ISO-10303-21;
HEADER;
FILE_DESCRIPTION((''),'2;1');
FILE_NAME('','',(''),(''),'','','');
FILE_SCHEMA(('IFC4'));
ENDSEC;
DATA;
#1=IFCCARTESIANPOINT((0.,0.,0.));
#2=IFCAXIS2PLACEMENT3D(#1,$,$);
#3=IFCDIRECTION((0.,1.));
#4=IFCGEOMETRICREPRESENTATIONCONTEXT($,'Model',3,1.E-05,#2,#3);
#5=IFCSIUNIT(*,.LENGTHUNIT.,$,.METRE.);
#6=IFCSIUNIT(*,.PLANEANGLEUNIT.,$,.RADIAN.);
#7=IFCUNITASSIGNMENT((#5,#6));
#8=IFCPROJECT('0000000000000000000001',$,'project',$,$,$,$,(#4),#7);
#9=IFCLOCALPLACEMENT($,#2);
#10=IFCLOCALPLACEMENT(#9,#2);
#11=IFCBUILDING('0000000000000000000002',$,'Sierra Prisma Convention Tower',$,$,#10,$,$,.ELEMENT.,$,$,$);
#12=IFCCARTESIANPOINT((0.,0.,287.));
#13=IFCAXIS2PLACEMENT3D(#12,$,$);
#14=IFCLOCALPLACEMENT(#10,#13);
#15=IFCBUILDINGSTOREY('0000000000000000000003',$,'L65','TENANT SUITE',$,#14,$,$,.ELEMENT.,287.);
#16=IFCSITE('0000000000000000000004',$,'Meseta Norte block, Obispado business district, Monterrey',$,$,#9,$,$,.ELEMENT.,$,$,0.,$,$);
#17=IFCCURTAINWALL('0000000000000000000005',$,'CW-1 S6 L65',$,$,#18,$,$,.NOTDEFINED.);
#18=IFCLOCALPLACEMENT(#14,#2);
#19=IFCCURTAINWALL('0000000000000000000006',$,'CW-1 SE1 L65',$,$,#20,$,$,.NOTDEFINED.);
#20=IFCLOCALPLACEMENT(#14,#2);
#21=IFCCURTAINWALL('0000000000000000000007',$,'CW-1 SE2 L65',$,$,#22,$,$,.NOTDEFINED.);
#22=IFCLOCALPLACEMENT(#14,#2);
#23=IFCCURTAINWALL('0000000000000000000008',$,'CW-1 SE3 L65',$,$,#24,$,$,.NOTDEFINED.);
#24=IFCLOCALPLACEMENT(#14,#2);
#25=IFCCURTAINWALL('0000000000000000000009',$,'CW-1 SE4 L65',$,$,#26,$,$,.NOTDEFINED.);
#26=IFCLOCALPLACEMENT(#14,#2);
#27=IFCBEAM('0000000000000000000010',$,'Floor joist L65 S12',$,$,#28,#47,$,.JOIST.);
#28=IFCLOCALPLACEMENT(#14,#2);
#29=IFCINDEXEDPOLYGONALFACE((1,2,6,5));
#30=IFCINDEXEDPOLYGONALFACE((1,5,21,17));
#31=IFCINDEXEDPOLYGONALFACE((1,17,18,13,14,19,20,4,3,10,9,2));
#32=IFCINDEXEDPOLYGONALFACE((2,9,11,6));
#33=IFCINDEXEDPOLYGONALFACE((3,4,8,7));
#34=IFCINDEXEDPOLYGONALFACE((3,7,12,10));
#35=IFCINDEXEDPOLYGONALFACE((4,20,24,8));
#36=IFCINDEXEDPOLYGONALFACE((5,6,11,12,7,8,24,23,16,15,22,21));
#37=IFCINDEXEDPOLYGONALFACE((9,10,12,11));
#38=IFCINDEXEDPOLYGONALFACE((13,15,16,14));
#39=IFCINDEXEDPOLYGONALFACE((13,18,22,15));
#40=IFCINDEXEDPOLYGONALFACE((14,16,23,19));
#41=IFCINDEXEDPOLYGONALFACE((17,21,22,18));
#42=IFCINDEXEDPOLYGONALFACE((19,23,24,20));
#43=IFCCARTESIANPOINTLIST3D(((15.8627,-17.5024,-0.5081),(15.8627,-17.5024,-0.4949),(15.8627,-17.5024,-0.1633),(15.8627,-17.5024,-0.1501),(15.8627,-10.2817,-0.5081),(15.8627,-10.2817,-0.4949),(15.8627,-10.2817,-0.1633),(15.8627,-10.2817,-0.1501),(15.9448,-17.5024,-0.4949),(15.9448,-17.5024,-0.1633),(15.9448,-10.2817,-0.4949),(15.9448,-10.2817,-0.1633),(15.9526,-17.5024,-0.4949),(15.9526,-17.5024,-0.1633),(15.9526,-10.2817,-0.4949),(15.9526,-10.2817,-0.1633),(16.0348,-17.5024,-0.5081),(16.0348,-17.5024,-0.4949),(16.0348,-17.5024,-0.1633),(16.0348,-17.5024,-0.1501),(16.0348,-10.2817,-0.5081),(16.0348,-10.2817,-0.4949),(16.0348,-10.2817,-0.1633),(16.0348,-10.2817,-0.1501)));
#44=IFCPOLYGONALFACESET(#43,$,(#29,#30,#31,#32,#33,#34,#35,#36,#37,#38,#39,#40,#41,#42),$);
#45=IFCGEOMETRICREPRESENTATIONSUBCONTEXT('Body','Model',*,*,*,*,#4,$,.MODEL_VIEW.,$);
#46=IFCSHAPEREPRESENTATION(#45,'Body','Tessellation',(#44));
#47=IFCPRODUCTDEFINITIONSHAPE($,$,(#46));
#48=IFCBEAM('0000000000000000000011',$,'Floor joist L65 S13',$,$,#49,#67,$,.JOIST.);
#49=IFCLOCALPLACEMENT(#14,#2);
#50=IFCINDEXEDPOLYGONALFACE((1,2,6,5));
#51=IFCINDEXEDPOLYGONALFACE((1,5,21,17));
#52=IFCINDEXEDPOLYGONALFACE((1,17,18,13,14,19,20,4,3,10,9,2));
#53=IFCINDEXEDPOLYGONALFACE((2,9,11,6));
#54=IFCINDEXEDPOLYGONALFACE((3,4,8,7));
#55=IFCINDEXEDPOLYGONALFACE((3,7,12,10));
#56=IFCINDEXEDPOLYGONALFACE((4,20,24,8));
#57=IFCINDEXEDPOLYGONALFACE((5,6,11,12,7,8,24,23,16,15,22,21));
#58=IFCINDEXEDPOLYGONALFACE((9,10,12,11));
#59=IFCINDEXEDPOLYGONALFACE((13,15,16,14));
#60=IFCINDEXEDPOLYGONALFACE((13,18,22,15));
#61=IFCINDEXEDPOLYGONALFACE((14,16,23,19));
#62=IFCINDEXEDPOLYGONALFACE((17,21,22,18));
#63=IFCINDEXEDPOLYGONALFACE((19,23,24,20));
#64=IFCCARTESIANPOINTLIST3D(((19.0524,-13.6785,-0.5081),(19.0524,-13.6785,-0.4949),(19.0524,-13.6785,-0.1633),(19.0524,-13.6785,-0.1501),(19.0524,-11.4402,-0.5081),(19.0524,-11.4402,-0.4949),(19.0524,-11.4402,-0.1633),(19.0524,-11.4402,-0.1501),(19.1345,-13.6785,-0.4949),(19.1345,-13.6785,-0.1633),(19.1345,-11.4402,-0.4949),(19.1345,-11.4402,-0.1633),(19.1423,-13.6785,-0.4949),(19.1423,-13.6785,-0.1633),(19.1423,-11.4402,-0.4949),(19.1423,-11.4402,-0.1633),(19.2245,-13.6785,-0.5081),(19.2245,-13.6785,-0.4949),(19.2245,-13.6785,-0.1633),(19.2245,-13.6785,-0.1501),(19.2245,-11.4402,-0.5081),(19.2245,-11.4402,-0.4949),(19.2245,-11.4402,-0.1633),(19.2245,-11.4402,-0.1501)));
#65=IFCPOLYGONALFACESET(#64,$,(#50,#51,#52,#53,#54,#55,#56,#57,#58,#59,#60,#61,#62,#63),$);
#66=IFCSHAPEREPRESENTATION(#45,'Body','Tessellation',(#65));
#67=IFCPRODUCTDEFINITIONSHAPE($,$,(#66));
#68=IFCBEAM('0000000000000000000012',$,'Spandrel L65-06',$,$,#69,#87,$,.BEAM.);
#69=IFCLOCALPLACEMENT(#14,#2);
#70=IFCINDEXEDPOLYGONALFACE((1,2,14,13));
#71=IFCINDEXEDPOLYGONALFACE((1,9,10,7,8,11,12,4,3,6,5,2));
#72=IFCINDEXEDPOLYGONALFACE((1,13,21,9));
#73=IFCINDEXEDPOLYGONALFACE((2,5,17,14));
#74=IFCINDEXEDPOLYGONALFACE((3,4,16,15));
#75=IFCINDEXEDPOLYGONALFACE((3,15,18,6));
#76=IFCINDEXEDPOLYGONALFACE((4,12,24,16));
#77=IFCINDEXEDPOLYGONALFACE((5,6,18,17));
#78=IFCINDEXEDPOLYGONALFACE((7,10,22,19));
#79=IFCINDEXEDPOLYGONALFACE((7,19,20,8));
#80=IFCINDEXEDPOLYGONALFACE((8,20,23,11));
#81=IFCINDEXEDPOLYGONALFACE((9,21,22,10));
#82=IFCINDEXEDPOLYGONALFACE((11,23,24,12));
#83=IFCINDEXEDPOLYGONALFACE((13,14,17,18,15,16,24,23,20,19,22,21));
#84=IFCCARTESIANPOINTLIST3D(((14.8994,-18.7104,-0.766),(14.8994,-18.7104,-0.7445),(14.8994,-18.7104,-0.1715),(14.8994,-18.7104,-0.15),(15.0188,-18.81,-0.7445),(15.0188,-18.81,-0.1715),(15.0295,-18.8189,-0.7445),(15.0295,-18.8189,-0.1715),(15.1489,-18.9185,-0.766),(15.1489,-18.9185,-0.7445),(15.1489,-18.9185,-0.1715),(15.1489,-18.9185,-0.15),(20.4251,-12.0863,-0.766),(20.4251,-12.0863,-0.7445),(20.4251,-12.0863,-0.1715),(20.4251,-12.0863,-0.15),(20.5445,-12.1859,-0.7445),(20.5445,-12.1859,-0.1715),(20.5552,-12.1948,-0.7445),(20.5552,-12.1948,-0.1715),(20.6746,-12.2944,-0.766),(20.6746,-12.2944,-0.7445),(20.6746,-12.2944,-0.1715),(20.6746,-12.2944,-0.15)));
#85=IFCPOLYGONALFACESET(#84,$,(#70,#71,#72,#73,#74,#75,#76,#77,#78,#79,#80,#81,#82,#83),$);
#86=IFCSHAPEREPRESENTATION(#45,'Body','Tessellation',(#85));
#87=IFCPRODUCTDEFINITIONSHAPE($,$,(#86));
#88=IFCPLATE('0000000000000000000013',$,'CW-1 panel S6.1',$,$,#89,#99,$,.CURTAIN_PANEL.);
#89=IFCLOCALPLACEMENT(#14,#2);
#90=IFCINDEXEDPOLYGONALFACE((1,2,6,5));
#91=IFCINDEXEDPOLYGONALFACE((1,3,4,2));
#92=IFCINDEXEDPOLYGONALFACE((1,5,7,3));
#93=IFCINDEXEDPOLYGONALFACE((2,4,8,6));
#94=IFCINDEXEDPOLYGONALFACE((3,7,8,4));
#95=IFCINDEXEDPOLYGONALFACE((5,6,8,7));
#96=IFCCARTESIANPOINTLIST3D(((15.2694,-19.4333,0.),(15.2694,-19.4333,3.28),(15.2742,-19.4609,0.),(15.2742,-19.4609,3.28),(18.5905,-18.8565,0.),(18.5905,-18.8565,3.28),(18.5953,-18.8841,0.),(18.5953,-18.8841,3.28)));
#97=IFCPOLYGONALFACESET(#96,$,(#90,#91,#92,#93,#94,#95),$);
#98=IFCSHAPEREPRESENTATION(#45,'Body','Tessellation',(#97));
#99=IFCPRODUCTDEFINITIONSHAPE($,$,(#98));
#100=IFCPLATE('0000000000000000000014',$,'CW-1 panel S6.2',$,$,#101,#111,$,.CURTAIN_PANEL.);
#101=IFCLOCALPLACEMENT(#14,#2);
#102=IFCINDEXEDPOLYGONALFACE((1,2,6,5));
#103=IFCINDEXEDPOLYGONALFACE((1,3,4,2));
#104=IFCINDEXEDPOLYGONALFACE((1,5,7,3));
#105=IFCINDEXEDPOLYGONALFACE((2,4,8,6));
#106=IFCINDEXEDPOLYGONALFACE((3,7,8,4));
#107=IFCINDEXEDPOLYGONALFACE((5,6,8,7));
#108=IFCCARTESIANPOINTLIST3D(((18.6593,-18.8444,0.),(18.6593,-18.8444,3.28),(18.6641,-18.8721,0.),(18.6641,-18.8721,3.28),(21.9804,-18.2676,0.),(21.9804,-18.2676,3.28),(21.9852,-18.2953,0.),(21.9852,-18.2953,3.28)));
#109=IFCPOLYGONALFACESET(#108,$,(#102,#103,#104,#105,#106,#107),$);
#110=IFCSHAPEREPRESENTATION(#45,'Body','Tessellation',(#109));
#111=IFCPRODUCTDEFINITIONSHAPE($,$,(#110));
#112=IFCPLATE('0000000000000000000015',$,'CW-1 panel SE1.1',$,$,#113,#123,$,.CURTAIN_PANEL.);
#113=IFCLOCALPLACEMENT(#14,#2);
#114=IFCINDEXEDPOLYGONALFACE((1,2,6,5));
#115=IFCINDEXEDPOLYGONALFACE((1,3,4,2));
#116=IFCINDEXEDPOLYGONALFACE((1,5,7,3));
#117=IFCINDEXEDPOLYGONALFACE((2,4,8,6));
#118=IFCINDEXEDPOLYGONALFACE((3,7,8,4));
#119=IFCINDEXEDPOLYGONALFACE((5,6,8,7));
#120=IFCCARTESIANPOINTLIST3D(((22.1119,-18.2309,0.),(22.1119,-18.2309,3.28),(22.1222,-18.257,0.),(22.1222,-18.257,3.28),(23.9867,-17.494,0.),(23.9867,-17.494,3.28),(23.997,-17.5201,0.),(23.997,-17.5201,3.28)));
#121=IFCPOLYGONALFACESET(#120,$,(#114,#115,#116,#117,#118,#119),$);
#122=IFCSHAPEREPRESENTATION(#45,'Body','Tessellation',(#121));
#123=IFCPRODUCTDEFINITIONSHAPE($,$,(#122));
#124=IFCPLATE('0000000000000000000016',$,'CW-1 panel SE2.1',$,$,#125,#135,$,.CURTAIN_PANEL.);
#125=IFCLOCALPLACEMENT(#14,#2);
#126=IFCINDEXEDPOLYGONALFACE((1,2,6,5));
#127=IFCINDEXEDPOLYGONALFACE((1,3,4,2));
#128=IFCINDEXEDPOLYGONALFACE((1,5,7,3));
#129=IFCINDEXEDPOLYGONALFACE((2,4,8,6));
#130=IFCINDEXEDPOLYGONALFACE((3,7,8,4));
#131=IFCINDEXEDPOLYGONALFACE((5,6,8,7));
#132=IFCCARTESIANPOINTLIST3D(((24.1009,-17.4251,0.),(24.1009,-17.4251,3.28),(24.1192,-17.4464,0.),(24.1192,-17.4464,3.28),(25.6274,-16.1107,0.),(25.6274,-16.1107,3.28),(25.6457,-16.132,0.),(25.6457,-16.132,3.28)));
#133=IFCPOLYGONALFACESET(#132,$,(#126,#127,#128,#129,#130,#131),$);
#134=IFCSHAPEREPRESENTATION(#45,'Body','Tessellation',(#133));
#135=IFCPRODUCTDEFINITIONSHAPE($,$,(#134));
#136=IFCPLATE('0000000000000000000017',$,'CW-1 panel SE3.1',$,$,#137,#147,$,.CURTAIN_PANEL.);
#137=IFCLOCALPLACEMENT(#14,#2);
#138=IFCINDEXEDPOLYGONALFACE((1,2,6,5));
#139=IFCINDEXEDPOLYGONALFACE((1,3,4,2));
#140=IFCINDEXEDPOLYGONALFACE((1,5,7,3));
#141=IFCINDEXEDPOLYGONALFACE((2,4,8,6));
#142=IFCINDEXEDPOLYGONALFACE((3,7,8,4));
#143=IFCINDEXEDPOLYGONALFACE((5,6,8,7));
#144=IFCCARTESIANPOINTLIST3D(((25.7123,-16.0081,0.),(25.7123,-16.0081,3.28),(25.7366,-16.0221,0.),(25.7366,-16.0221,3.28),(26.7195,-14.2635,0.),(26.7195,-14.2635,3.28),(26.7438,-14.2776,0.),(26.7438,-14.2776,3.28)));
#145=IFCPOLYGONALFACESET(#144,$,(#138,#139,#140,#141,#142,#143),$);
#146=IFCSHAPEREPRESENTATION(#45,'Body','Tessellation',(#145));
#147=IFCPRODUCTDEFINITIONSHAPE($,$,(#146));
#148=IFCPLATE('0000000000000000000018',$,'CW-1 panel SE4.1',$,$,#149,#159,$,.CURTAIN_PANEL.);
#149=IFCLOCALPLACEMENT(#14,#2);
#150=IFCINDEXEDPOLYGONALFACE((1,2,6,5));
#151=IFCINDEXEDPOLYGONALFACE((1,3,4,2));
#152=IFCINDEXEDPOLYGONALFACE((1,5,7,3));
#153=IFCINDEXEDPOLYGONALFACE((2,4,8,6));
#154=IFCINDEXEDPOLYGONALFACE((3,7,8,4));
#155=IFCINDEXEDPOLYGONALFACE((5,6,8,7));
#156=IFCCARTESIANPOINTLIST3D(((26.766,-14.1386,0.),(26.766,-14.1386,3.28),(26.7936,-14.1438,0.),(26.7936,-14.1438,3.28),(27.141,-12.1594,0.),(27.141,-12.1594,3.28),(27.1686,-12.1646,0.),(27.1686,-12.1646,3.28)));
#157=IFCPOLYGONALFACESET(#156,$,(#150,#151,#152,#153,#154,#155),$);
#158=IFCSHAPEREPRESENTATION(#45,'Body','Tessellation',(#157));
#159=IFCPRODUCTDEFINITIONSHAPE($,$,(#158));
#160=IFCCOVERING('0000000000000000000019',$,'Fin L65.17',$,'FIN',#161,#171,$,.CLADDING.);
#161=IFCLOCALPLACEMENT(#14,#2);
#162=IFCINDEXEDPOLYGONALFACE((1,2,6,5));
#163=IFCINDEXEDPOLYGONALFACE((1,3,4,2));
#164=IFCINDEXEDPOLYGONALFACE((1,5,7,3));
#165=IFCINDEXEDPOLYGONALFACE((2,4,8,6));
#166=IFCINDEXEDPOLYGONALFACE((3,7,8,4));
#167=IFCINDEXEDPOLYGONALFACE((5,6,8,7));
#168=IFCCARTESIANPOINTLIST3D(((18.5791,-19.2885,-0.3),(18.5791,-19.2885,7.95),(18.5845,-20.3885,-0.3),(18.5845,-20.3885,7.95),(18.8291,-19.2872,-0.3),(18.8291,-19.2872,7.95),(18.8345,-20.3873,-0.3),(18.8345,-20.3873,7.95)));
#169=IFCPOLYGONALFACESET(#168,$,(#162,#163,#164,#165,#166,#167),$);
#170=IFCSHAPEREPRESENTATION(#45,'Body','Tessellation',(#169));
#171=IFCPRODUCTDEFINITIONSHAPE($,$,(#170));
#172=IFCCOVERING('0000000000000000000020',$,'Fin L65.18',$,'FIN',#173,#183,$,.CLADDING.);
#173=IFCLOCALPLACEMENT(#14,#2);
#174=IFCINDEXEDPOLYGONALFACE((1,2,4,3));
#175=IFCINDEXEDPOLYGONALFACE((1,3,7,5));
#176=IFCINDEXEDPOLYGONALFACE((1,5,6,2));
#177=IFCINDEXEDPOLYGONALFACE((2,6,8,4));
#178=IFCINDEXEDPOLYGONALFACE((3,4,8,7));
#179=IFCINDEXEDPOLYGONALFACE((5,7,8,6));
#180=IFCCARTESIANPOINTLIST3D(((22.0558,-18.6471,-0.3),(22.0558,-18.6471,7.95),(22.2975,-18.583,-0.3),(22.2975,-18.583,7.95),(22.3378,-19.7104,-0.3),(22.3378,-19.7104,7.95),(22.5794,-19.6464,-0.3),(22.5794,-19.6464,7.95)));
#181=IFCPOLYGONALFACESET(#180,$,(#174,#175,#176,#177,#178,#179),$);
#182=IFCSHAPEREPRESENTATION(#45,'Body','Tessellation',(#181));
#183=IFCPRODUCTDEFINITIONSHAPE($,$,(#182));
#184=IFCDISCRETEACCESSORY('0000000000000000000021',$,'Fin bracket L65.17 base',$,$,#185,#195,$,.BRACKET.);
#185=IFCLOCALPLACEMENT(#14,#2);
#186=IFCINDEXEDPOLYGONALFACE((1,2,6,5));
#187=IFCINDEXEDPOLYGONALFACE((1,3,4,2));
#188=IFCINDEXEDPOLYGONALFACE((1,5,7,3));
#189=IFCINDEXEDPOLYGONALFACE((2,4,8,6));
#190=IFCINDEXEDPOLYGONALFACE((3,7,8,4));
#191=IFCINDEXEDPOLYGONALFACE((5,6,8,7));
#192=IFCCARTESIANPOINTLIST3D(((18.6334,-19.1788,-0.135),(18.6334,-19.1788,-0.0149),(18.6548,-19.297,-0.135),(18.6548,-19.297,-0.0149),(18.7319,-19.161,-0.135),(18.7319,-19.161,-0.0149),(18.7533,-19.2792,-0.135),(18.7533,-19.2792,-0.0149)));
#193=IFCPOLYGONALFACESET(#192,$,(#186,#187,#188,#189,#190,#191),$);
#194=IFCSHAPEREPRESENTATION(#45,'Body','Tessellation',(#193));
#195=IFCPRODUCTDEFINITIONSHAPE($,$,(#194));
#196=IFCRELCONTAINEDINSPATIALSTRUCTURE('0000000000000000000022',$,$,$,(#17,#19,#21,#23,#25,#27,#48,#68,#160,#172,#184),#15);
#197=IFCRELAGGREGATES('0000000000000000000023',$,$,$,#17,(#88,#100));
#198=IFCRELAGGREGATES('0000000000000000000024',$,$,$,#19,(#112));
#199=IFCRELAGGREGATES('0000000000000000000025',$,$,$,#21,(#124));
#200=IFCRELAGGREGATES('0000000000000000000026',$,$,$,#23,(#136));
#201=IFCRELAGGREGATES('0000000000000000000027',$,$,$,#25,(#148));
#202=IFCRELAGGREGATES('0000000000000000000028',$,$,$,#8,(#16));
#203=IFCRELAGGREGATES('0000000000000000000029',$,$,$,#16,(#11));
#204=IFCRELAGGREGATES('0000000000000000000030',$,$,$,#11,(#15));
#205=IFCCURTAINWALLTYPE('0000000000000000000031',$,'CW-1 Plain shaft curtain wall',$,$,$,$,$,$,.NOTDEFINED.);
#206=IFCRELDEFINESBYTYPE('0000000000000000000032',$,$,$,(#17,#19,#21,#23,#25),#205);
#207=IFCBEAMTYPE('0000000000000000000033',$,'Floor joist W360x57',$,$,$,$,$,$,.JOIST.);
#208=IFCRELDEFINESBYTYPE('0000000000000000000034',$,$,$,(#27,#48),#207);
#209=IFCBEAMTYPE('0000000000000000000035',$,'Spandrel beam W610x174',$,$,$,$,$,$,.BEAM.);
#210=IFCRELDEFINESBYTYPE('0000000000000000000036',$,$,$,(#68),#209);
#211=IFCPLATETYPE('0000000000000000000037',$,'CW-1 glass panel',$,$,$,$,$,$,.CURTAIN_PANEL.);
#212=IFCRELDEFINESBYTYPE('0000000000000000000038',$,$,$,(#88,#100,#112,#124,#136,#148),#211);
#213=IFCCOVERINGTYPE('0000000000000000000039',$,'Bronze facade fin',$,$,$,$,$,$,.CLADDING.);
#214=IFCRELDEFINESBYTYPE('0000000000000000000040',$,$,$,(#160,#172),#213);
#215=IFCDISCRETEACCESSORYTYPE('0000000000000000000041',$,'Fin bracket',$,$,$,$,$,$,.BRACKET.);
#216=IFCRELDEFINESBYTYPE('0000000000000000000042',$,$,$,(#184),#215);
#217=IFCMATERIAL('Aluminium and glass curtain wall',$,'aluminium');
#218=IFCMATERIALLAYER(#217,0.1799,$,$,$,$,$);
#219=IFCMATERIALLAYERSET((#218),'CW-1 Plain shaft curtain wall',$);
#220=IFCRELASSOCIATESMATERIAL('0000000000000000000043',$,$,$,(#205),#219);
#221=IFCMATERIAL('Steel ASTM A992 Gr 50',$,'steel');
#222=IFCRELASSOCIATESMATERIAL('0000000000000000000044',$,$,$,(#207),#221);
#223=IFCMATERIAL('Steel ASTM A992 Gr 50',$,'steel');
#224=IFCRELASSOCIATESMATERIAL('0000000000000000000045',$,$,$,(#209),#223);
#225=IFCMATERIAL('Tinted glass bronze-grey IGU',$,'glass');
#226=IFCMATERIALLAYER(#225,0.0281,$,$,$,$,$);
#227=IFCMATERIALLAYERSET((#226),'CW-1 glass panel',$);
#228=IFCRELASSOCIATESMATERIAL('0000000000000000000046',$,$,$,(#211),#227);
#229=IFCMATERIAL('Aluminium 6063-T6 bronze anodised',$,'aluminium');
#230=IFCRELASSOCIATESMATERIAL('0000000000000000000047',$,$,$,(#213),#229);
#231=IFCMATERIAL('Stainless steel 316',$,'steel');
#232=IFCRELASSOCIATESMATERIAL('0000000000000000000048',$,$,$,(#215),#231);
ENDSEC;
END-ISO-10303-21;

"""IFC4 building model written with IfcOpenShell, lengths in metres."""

from ifc_helpers import new_model, si_unit, direction, frame, origin, origin_2d, place, context, subcontext, project, spatial, rectangle, i_section, extrude, material, layer, layer_set, material_profile, profile_set, type_object, element, aggregate, save


model = new_model("IFC4")

# Units and contexts
model_context = context("Model", 3, precision=1e-05, world=origin(), true_north=direction((0.0, 1.0)))
body_context = subcontext(model_context, "Body", "Model", "MODEL_VIEW")
ifc_project = project(units=[si_unit("LENGTHUNIT", "METRE"), si_unit("PLANEANGLEUNIT", "RADIAN")], contexts=[model_context])

# Site, building, storey
site_placement = place(None, origin())
site = spatial("IfcSite", under=ifc_project, at=site_placement, Name="Meseta Norte block, Obispado business district, Monterrey", CompositionType="ELEMENT", RefElevation=0.0)
building_placement = place(site_placement, origin())
building = spatial("IfcBuilding", under=site, at=building_placement, Name="Sierra Prisma Convention Tower", CompositionType="ELEMENT")
storey_placement = place(building_placement, frame((0.0, 0.0, 287.0)))
storey = spatial("IfcBuildingStorey", under=building, at=storey_placement, Name="L65", Description="TENANT SUITE", CompositionType="ELEMENT", Elevation=287.0)

# Curtain walls
ifc_material_1 = material(Name="Aluminium and glass curtain wall", Category="aluminium")
ifc_layer_1 = layer(ifc_material_1, 0.1799)
ifc_layer_set_1 = layer_set([ifc_layer_1], Name="CW-1 Plain shaft curtain wall")
curtain_wall_type = type_object("IfcCurtainWallType", Name="CW-1 Plain shaft curtain wall", PredefinedType="NOTDEFINED", material=ifc_layer_set_1)
curtain_wall_1_placement = place(storey_placement, origin())
curtain_wall_1 = element("IfcCurtainWall", 1, at=curtain_wall_1_placement, inside=storey, type_object=curtain_wall_type, Name="CW-1 S6 L65", PredefinedType="NOTDEFINED")
curtain_wall_2_placement = place(storey_placement, origin())
curtain_wall_2 = element("IfcCurtainWall", 2, at=curtain_wall_2_placement, inside=storey, type_object=curtain_wall_type, Name="CW-1 SE1 L65", PredefinedType="NOTDEFINED")
curtain_wall_3_placement = place(storey_placement, origin())
curtain_wall_3 = element("IfcCurtainWall", 3, at=curtain_wall_3_placement, inside=storey, type_object=curtain_wall_type, Name="CW-1 SE2 L65", PredefinedType="NOTDEFINED")
curtain_wall_4_placement = place(storey_placement, origin())
curtain_wall_4 = element("IfcCurtainWall", 4, at=curtain_wall_4_placement, inside=storey, type_object=curtain_wall_type, Name="CW-1 SE3 L65", PredefinedType="NOTDEFINED")
curtain_wall_5_placement = place(storey_placement, origin())
curtain_wall_5 = element("IfcCurtainWall", 5, at=curtain_wall_5_placement, inside=storey, type_object=curtain_wall_type, Name="CW-1 SE4 L65", PredefinedType="NOTDEFINED")

# Beams
ifc_material_2 = material(Name="Steel ASTM A992 Gr 50", Category="steel")
ifc_material_profile_1 = material_profile(ifc_material_2, i_section(OverallWidth=0.1721, OverallDepth=0.3579, WebThickness=0.0078, FlangeThickness=0.0132, at=origin_2d()), Name="W360x57")
ifc_profile_set_1 = profile_set([ifc_material_profile_1], Name="Steel ASTM A992 Gr 50")
beam_type_1 = type_object("IfcBeamType", Name="Floor joist W360x57", PredefinedType="JOIST", material=ifc_profile_set_1)
beam_1_placement = place(storey_placement, frame((15.9487, -17.5024, -0.3291), z_axis=(0.0, 1.0, 0.0), x_axis=(-1.0, 0.0, 0.0)))
element("IfcBeam", 6, at=beam_1_placement, inside=storey, type_object=beam_type_1, Name="Floor joist L65 S12", PredefinedType="JOIST", context=body_context, shape_type="SweptSolid", body=[
    extrude(i_section(OverallWidth=0.1721, OverallDepth=0.3579, WebThickness=0.0078, FlangeThickness=0.0132, at=origin_2d()), origin(), (0.0, 0.0, 1.0), 7.2207),
])
beam_2_placement = place(storey_placement, frame((19.1384, -13.6785, -0.3291), z_axis=(0.0, 1.0, 0.0), x_axis=(-1.0, 0.0, 0.0)))
element("IfcBeam", 7, at=beam_2_placement, inside=storey, type_object=beam_type_1, Name="Floor joist L65 S13", PredefinedType="JOIST", context=body_context, shape_type="SweptSolid", body=[
    extrude(i_section(OverallWidth=0.1721, OverallDepth=0.3579, WebThickness=0.0078, FlangeThickness=0.0132, at=origin_2d()), origin(), (0.0, 0.0, 1.0), 2.2383),
])
ifc_material_3 = material(Name="Steel ASTM A992 Gr 50", Category="steel")
ifc_material_profile_2 = material_profile(ifc_material_3, i_section(OverallWidth=0.325, OverallDepth=0.616, WebThickness=0.0139, FlangeThickness=0.0215, at=origin_2d()), Name="W610x174")
ifc_profile_set_2 = profile_set([ifc_material_profile_2], Name="Steel ASTM A992 Gr 50")
beam_type_2 = type_object("IfcBeamType", Name="Spandrel beam W610x174", PredefinedType="BEAM", material=ifc_profile_set_2)
beam_3_placement = place(storey_placement, frame((15.0242, -18.8145, -0.458), z_axis=(0.640568, 0.767901, 0.0), x_axis=(-0.767901, 0.640568, 0.0)))
element("IfcBeam", 8, at=beam_3_placement, inside=storey, type_object=beam_type_2, Name="Spandrel L65-06", PredefinedType="BEAM", context=body_context, shape_type="SweptSolid", body=[
    extrude(i_section(OverallWidth=0.325, OverallDepth=0.616, WebThickness=0.0139, FlangeThickness=0.0215, at=origin_2d()), origin(), (0.0, 0.0, 1.0), 8.6262),
])

# Plates
ifc_material_4 = material(Name="Tinted glass bronze-grey IGU", Category="glass")
ifc_layer_2 = layer(ifc_material_4, 0.0281)
ifc_layer_set_2 = layer_set([ifc_layer_2], Name="CW-1 glass panel")
plate_type = type_object("IfcPlateType", Name="CW-1 glass panel", PredefinedType="CURTAIN_PANEL", material=ifc_layer_set_2)
plate_1_placement = place(storey_placement, frame((16.9324, -19.1587, 0.0), z_axis=(0.0, 0.0, 1.0), x_axis=(0.985251, 0.171116, 0.0)))
plate_1 = element("IfcPlate", 9, at=plate_1_placement, type_object=plate_type, Name="CW-1 panel S6.1", PredefinedType="CURTAIN_PANEL", context=body_context, shape_type="SweptSolid", body=[
    extrude(rectangle(XDim=3.3708, YDim=0.0281, at=origin_2d()), origin(), (0.0, 0.0, 1.0), 3.28),
])
plate_2_placement = place(storey_placement, frame((20.3223, -18.5698, 0.0), z_axis=(0.0, 0.0, 1.0), x_axis=(0.985251, 0.171116, 0.0)))
plate_2 = element("IfcPlate", 10, at=plate_2_placement, type_object=plate_type, Name="CW-1 panel S6.2", PredefinedType="CURTAIN_PANEL", context=body_context, shape_type="SweptSolid", body=[
    extrude(rectangle(XDim=3.3708, YDim=0.0281, at=origin_2d()), origin(), (0.0, 0.0, 1.0), 3.28),
])
aggregate(curtain_wall_1, [plate_1, plate_2])
plate_3_placement = place(storey_placement, frame((23.0544, -17.8755, 0.0), z_axis=(0.0, 0.0, 1.0), x_axis=(0.930682, 0.365829, 0.0)))
plate_3 = element("IfcPlate", 11, at=plate_3_placement, type_object=plate_type, Name="CW-1 panel SE1.1", PredefinedType="CURTAIN_PANEL", context=body_context, shape_type="SweptSolid", body=[
    extrude(rectangle(XDim=2.0144, YDim=0.0281, at=origin_2d()), origin(), (0.0, 0.0, 1.0), 3.28),
])
aggregate(curtain_wall_2, [plate_3])
plate_4_placement = place(storey_placement, frame((24.8733, -16.7786, 0.0), z_axis=(0.0, 0.0, 1.0), x_axis=(0.757801, 0.652486, 0.0)))
plate_4 = element("IfcPlate", 12, at=plate_4_placement, type_object=plate_type, Name="CW-1 panel SE2.1", PredefinedType="CURTAIN_PANEL", context=body_context, shape_type="SweptSolid", body=[
    extrude(rectangle(XDim=2.0144, YDim=0.0281, at=origin_2d()), origin(), (0.0, 0.0, 1.0), 3.28),
])
aggregate(curtain_wall_3, [plate_4])
plate_5_placement = place(storey_placement, frame((26.228, -15.1428, 0.0), z_axis=(0.0, 0.0, 1.0), x_axis=(0.5, 0.866025, 0.0)))
plate_5 = element("IfcPlate", 13, at=plate_5_placement, type_object=plate_type, Name="CW-1 panel SE3.1", PredefinedType="CURTAIN_PANEL", context=body_context, shape_type="SweptSolid", body=[
    extrude(rectangle(XDim=2.0144, YDim=0.0281, at=origin_2d()), origin(), (0.0, 0.0, 1.0), 3.28),
])
aggregate(curtain_wall_4, [plate_5])
plate_6_placement = place(storey_placement, frame((26.9673, -13.1516, 0.0), z_axis=(0.0, 0.0, 1.0), x_axis=(0.186169, 0.982518, 0.0)))
plate_6 = element("IfcPlate", 14, at=plate_6_placement, type_object=plate_type, Name="CW-1 panel SE4.1", PredefinedType="CURTAIN_PANEL", context=body_context, shape_type="SweptSolid", body=[
    extrude(rectangle(XDim=2.0144, YDim=0.0281, at=origin_2d()), origin(), (0.0, 0.0, 1.0), 3.28),
])
aggregate(curtain_wall_5, [plate_6])

# Coverings
ifc_material_5 = material(Name="Aluminium 6063-T6 bronze anodised", Category="aluminium")
ifc_material_profile_3 = material_profile(ifc_material_5, rectangle(XDim=1.1001, YDim=0.25, at=origin_2d()), Name="ALU FIN 1100x250")
ifc_profile_set_3 = profile_set([ifc_material_profile_3], Name="Aluminium 6063-T6 bronze anodised")
covering_type = type_object("IfcCoveringType", Name="Bronze facade fin", PredefinedType="CLADDING", material=ifc_profile_set_3)
for number, where, z_axis, x_axis, name in (
    (15, (18.7068, -19.8379, -0.3), (0.0, 0.0, 1.0), (0.004906, -0.999988, 0.0), "Fin L65.17"),
    (16, (22.3176, -19.1467, -0.3), (0.0, 0.0, 1.0), (0.256335, -0.966588, 0.0), "Fin L65.18"),
):
    element("IfcCovering", number, at=place(storey_placement, frame(where, z_axis=z_axis, x_axis=x_axis)), inside=storey, type_object=covering_type, Name=name, ObjectType="FIN", PredefinedType="CLADDING", context=body_context, shape_type="SweptSolid", body=[
        extrude(rectangle(XDim=1.1001, YDim=0.25, at=origin_2d()), origin(), (0.0, 0.0, 1.0), 8.25),
    ])

# Discrete accessory
ifc_material_6 = material(Name="Stainless steel 316", Category="steel")
discrete_accessory_type = type_object("IfcDiscreteAccessoryType", Name="Fin bracket", PredefinedType="BRACKET", material=ifc_material_6)
for number, where, z_axis, x_axis, name in (
    (17, (18.6934, -19.229, -0.135), (0.0, 0.0, 1.0), (0.178477, -0.983944, 0.0), "Fin bracket L65.17 base"),
):
    element("IfcDiscreteAccessory", number, at=place(storey_placement, frame(where, z_axis=z_axis, x_axis=x_axis)), inside=storey, type_object=discrete_accessory_type, Name=name, PredefinedType="BRACKET", context=body_context, shape_type="SweptSolid", body=[
        extrude(rectangle(XDim=0.1201, YDim=0.1001, at=origin_2d()), origin(), (0.0, 0.0, 1.0), 0.1201),
    ])

save(model, "model.ifc")
